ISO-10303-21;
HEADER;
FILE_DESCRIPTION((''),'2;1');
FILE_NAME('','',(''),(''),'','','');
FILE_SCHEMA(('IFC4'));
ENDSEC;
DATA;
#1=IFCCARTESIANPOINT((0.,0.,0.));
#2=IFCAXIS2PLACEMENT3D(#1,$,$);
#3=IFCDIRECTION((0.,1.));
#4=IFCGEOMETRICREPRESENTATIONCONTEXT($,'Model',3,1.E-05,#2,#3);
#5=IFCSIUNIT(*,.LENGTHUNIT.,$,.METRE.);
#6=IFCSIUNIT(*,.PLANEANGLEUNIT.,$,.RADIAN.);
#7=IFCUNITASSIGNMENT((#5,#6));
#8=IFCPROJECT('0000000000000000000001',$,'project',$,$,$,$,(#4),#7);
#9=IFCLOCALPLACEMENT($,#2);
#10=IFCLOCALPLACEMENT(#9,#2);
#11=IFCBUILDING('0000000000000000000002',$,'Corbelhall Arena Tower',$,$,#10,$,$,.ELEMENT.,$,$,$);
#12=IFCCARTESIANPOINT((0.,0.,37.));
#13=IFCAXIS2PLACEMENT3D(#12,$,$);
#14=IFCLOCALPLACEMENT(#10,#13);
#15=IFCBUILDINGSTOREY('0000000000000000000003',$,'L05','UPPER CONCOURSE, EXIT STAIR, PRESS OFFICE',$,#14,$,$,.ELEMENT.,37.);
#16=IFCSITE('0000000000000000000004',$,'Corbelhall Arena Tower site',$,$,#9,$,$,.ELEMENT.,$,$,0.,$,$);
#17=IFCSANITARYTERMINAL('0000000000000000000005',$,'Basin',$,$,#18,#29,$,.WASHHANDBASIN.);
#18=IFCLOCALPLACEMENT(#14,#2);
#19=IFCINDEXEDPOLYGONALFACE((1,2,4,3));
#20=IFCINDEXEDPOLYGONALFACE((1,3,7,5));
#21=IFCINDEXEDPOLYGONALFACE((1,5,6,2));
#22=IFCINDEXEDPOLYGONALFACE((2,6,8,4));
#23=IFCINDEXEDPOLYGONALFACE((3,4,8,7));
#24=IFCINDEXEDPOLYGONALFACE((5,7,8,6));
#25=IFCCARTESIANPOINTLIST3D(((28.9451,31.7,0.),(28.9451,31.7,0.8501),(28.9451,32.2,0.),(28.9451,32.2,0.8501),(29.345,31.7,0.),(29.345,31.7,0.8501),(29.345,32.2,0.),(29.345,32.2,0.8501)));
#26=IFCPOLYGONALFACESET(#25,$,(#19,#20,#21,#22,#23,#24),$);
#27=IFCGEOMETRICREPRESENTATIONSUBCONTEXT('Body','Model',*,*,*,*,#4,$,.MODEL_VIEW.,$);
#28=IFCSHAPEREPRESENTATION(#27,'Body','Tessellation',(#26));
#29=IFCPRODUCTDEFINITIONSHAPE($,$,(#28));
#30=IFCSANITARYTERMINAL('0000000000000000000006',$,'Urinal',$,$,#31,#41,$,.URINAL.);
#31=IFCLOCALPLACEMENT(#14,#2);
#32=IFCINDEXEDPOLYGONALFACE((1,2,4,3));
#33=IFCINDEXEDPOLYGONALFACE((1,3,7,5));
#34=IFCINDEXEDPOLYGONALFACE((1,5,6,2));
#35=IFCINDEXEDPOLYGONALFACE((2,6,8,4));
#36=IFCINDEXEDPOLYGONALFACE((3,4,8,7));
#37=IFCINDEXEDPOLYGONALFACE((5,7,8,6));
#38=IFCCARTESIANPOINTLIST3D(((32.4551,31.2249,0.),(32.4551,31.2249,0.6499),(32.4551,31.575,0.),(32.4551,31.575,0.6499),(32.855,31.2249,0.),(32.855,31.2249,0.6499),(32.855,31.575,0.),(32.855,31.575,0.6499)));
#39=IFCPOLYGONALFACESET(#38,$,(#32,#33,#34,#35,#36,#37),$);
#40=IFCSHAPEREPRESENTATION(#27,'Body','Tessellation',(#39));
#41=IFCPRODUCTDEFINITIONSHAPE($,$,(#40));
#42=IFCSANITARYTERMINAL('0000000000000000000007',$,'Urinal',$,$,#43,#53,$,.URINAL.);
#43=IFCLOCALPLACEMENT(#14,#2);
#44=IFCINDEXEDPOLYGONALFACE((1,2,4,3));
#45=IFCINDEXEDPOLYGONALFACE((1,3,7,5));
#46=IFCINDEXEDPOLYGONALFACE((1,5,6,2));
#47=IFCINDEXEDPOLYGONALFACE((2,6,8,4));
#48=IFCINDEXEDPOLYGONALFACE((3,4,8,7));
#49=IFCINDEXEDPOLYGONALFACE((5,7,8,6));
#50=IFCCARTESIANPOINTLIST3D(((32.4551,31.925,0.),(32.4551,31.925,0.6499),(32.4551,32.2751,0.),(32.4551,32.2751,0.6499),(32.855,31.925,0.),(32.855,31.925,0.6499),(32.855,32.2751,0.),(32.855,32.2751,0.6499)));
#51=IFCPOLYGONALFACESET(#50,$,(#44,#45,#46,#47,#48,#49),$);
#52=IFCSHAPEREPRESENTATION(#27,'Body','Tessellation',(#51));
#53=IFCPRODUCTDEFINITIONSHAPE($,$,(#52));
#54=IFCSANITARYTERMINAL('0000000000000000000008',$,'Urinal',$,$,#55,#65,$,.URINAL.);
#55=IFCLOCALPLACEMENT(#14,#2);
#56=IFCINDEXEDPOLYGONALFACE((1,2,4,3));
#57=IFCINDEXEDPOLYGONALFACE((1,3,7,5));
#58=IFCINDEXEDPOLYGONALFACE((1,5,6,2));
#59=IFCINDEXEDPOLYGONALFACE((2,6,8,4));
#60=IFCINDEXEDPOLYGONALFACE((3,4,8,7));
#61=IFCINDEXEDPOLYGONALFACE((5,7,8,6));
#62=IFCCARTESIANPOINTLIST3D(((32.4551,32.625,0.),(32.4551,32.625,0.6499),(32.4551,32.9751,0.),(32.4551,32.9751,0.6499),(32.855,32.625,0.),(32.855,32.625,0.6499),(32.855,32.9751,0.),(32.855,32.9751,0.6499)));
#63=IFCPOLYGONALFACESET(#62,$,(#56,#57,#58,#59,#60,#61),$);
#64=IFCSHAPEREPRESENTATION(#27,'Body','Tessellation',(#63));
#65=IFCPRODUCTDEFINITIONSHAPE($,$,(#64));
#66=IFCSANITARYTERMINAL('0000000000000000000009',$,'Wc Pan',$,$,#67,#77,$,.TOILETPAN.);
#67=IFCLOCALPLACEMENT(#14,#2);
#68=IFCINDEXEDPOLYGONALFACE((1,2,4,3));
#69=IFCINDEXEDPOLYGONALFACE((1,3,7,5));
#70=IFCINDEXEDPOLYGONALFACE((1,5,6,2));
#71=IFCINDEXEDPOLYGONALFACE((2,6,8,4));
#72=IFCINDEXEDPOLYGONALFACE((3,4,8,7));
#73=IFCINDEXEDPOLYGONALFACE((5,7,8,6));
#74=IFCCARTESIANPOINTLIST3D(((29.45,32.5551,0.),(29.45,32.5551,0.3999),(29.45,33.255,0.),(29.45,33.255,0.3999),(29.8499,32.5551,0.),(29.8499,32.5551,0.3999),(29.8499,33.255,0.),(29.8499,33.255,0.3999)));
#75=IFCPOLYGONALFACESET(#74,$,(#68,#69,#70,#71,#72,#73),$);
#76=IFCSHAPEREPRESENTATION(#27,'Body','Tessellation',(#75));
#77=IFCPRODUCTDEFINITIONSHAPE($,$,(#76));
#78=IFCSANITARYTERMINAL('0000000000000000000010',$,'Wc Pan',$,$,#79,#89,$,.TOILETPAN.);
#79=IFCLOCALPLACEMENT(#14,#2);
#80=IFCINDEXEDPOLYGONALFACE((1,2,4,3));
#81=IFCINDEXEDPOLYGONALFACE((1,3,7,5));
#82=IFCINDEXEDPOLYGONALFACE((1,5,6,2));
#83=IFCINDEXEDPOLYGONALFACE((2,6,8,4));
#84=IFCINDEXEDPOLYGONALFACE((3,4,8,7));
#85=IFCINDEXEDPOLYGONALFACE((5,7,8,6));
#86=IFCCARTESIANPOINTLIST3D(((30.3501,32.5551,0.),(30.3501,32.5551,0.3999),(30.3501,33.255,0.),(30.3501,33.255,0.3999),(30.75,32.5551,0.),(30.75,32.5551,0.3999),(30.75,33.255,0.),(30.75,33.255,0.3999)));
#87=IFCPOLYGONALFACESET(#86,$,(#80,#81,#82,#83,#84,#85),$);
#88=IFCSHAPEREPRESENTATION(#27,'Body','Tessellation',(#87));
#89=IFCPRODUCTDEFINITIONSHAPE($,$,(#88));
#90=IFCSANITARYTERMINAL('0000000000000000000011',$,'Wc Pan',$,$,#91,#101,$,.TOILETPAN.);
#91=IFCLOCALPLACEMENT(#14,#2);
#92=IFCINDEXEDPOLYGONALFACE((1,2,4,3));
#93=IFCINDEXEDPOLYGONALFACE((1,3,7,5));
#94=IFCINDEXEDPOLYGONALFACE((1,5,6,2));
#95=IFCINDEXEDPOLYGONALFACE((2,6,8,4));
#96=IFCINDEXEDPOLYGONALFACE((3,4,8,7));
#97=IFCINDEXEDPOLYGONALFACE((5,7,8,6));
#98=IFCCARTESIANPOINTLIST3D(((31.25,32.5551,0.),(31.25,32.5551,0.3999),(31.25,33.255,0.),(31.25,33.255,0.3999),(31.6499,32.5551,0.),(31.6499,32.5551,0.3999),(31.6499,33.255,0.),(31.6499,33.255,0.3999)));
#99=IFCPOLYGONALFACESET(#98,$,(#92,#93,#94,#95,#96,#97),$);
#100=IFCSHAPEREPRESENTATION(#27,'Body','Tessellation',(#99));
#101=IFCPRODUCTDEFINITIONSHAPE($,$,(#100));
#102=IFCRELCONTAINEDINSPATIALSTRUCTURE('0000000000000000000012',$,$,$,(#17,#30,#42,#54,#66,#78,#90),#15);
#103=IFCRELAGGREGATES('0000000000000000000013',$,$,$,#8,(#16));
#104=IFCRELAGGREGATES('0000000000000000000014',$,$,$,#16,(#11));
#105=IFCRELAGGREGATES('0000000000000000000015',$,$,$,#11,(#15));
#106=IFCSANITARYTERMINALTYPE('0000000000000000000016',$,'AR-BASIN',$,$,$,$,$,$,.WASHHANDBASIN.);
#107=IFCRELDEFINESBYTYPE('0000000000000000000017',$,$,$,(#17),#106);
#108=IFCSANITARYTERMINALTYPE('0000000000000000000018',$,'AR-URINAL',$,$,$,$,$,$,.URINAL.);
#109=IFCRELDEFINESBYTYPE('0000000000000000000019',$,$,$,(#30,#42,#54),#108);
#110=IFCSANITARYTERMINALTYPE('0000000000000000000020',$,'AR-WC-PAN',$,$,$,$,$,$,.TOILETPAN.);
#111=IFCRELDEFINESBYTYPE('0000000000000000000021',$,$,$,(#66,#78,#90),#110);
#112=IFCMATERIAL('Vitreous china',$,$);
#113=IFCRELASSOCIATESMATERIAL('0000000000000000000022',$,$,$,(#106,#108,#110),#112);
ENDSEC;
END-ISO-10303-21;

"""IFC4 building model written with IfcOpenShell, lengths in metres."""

from ifc_helpers import new_model, si_unit, direction, frame, origin, origin_2d, place, context, subcontext, project, spatial, rectangle, extrude, material, type_object, element, save


model = new_model("IFC4")

# Units and contexts
model_context = context("Model", 3, precision=1e-05, world=origin(), true_north=direction((0.0, 1.0)))
body_context = subcontext(model_context, "Body", "Model", "MODEL_VIEW")
ifc_project = project(units=[si_unit("LENGTHUNIT", "METRE"), si_unit("PLANEANGLEUNIT", "RADIAN")], contexts=[model_context])

# Site, building, storey
site_placement = place(None, origin())
site = spatial("IfcSite", under=ifc_project, at=site_placement, Name="Corbelhall Arena Tower site", CompositionType="ELEMENT", RefElevation=0.0)
building_placement = place(site_placement, origin())
building = spatial("IfcBuilding", under=site, at=building_placement, Name="Corbelhall Arena Tower", CompositionType="ELEMENT")
storey_placement = place(building_placement, frame((0.0, 0.0, 37.0)))
storey = spatial("IfcBuildingStorey", under=building, at=storey_placement, Name="L05", Description="UPPER CONCOURSE, EXIT STAIR, PRESS OFFICE", CompositionType="ELEMENT", Elevation=37.0)

# Sanitary terminals
ifc_material_1 = material(Name="Vitreous china")
sanitary_terminal_type_1 = type_object("IfcSanitaryTerminalType", Name="AR-BASIN", PredefinedType="WASHHANDBASIN", material=ifc_material_1)
for number, where, z_axis, x_axis, name in (
    (1, (29.145, 31.95, 0.0), (0.0, 0.0, 1.0), (1.0, 0.0, 0.0), "Basin"),
):
    element("IfcSanitaryTerminal", number, at=place(storey_placement, frame(where, z_axis=z_axis, x_axis=x_axis)), inside=storey, type_object=sanitary_terminal_type_1, Name=name, PredefinedType="WASHHANDBASIN", context=body_context, shape_type="SweptSolid", body=[
        extrude(rectangle(XDim=0.3999, YDim=0.5, at=origin_2d()), origin(), (0.0, 0.0, 1.0), 0.8501),
    ])
sanitary_terminal_type_2 = type_object("IfcSanitaryTerminalType", Name="AR-URINAL", PredefinedType="URINAL", material=ifc_material_1)
for number, where, z_axis, x_axis, name in (
    (2, (32.655, 31.3999, 0.0), (0.0, 0.0, 1.0), (1.0, 0.0, 0.0), "Urinal"),
    (3, (32.655, 32.1001, 0.0), (0.0, 0.0, 1.0), (1.0, 0.0, 0.0), "Urinal"),
    (4, (32.655, 32.8, 0.0), (0.0, 0.0, 1.0), (1.0, 0.0, 0.0), "Urinal"),
):
    element("IfcSanitaryTerminal", number, at=place(storey_placement, frame(where, z_axis=z_axis, x_axis=x_axis)), inside=storey, type_object=sanitary_terminal_type_2, Name=name, PredefinedType="URINAL", context=body_context, shape_type="SweptSolid", body=[
        extrude(rectangle(XDim=0.3999, YDim=0.3501, at=origin_2d()), origin(), (0.0, 0.0, 1.0), 0.6499),
    ])
sanitary_terminal_type_3 = type_object("IfcSanitaryTerminalType", Name="AR-WC-PAN", PredefinedType="TOILETPAN", material=ifc_material_1)
for number, where, z_axis, x_axis, name in (
    (5, (29.6499, 32.905, 0.0), (0.0, 0.0, 1.0), (1.0, 0.0, 0.0), "Wc Pan"),
    (6, (30.55, 32.905, 0.0), (0.0, 0.0, 1.0), (1.0, 0.0, 0.0), "Wc Pan"),
    (7, (31.45, 32.905, 0.0), (0.0, 0.0, 1.0), (1.0, 0.0, 0.0), "Wc Pan"),
):
    element("IfcSanitaryTerminal", number, at=place(storey_placement, frame(where, z_axis=z_axis, x_axis=x_axis)), inside=storey, type_object=sanitary_terminal_type_3, Name=name, PredefinedType="TOILETPAN", context=body_context, shape_type="SweptSolid", body=[
        extrude(rectangle(XDim=0.3999, YDim=0.7, at=origin_2d()), origin(), (0.0, 0.0, 1.0), 0.3999),
    ])

save(model, "model.ifc")
